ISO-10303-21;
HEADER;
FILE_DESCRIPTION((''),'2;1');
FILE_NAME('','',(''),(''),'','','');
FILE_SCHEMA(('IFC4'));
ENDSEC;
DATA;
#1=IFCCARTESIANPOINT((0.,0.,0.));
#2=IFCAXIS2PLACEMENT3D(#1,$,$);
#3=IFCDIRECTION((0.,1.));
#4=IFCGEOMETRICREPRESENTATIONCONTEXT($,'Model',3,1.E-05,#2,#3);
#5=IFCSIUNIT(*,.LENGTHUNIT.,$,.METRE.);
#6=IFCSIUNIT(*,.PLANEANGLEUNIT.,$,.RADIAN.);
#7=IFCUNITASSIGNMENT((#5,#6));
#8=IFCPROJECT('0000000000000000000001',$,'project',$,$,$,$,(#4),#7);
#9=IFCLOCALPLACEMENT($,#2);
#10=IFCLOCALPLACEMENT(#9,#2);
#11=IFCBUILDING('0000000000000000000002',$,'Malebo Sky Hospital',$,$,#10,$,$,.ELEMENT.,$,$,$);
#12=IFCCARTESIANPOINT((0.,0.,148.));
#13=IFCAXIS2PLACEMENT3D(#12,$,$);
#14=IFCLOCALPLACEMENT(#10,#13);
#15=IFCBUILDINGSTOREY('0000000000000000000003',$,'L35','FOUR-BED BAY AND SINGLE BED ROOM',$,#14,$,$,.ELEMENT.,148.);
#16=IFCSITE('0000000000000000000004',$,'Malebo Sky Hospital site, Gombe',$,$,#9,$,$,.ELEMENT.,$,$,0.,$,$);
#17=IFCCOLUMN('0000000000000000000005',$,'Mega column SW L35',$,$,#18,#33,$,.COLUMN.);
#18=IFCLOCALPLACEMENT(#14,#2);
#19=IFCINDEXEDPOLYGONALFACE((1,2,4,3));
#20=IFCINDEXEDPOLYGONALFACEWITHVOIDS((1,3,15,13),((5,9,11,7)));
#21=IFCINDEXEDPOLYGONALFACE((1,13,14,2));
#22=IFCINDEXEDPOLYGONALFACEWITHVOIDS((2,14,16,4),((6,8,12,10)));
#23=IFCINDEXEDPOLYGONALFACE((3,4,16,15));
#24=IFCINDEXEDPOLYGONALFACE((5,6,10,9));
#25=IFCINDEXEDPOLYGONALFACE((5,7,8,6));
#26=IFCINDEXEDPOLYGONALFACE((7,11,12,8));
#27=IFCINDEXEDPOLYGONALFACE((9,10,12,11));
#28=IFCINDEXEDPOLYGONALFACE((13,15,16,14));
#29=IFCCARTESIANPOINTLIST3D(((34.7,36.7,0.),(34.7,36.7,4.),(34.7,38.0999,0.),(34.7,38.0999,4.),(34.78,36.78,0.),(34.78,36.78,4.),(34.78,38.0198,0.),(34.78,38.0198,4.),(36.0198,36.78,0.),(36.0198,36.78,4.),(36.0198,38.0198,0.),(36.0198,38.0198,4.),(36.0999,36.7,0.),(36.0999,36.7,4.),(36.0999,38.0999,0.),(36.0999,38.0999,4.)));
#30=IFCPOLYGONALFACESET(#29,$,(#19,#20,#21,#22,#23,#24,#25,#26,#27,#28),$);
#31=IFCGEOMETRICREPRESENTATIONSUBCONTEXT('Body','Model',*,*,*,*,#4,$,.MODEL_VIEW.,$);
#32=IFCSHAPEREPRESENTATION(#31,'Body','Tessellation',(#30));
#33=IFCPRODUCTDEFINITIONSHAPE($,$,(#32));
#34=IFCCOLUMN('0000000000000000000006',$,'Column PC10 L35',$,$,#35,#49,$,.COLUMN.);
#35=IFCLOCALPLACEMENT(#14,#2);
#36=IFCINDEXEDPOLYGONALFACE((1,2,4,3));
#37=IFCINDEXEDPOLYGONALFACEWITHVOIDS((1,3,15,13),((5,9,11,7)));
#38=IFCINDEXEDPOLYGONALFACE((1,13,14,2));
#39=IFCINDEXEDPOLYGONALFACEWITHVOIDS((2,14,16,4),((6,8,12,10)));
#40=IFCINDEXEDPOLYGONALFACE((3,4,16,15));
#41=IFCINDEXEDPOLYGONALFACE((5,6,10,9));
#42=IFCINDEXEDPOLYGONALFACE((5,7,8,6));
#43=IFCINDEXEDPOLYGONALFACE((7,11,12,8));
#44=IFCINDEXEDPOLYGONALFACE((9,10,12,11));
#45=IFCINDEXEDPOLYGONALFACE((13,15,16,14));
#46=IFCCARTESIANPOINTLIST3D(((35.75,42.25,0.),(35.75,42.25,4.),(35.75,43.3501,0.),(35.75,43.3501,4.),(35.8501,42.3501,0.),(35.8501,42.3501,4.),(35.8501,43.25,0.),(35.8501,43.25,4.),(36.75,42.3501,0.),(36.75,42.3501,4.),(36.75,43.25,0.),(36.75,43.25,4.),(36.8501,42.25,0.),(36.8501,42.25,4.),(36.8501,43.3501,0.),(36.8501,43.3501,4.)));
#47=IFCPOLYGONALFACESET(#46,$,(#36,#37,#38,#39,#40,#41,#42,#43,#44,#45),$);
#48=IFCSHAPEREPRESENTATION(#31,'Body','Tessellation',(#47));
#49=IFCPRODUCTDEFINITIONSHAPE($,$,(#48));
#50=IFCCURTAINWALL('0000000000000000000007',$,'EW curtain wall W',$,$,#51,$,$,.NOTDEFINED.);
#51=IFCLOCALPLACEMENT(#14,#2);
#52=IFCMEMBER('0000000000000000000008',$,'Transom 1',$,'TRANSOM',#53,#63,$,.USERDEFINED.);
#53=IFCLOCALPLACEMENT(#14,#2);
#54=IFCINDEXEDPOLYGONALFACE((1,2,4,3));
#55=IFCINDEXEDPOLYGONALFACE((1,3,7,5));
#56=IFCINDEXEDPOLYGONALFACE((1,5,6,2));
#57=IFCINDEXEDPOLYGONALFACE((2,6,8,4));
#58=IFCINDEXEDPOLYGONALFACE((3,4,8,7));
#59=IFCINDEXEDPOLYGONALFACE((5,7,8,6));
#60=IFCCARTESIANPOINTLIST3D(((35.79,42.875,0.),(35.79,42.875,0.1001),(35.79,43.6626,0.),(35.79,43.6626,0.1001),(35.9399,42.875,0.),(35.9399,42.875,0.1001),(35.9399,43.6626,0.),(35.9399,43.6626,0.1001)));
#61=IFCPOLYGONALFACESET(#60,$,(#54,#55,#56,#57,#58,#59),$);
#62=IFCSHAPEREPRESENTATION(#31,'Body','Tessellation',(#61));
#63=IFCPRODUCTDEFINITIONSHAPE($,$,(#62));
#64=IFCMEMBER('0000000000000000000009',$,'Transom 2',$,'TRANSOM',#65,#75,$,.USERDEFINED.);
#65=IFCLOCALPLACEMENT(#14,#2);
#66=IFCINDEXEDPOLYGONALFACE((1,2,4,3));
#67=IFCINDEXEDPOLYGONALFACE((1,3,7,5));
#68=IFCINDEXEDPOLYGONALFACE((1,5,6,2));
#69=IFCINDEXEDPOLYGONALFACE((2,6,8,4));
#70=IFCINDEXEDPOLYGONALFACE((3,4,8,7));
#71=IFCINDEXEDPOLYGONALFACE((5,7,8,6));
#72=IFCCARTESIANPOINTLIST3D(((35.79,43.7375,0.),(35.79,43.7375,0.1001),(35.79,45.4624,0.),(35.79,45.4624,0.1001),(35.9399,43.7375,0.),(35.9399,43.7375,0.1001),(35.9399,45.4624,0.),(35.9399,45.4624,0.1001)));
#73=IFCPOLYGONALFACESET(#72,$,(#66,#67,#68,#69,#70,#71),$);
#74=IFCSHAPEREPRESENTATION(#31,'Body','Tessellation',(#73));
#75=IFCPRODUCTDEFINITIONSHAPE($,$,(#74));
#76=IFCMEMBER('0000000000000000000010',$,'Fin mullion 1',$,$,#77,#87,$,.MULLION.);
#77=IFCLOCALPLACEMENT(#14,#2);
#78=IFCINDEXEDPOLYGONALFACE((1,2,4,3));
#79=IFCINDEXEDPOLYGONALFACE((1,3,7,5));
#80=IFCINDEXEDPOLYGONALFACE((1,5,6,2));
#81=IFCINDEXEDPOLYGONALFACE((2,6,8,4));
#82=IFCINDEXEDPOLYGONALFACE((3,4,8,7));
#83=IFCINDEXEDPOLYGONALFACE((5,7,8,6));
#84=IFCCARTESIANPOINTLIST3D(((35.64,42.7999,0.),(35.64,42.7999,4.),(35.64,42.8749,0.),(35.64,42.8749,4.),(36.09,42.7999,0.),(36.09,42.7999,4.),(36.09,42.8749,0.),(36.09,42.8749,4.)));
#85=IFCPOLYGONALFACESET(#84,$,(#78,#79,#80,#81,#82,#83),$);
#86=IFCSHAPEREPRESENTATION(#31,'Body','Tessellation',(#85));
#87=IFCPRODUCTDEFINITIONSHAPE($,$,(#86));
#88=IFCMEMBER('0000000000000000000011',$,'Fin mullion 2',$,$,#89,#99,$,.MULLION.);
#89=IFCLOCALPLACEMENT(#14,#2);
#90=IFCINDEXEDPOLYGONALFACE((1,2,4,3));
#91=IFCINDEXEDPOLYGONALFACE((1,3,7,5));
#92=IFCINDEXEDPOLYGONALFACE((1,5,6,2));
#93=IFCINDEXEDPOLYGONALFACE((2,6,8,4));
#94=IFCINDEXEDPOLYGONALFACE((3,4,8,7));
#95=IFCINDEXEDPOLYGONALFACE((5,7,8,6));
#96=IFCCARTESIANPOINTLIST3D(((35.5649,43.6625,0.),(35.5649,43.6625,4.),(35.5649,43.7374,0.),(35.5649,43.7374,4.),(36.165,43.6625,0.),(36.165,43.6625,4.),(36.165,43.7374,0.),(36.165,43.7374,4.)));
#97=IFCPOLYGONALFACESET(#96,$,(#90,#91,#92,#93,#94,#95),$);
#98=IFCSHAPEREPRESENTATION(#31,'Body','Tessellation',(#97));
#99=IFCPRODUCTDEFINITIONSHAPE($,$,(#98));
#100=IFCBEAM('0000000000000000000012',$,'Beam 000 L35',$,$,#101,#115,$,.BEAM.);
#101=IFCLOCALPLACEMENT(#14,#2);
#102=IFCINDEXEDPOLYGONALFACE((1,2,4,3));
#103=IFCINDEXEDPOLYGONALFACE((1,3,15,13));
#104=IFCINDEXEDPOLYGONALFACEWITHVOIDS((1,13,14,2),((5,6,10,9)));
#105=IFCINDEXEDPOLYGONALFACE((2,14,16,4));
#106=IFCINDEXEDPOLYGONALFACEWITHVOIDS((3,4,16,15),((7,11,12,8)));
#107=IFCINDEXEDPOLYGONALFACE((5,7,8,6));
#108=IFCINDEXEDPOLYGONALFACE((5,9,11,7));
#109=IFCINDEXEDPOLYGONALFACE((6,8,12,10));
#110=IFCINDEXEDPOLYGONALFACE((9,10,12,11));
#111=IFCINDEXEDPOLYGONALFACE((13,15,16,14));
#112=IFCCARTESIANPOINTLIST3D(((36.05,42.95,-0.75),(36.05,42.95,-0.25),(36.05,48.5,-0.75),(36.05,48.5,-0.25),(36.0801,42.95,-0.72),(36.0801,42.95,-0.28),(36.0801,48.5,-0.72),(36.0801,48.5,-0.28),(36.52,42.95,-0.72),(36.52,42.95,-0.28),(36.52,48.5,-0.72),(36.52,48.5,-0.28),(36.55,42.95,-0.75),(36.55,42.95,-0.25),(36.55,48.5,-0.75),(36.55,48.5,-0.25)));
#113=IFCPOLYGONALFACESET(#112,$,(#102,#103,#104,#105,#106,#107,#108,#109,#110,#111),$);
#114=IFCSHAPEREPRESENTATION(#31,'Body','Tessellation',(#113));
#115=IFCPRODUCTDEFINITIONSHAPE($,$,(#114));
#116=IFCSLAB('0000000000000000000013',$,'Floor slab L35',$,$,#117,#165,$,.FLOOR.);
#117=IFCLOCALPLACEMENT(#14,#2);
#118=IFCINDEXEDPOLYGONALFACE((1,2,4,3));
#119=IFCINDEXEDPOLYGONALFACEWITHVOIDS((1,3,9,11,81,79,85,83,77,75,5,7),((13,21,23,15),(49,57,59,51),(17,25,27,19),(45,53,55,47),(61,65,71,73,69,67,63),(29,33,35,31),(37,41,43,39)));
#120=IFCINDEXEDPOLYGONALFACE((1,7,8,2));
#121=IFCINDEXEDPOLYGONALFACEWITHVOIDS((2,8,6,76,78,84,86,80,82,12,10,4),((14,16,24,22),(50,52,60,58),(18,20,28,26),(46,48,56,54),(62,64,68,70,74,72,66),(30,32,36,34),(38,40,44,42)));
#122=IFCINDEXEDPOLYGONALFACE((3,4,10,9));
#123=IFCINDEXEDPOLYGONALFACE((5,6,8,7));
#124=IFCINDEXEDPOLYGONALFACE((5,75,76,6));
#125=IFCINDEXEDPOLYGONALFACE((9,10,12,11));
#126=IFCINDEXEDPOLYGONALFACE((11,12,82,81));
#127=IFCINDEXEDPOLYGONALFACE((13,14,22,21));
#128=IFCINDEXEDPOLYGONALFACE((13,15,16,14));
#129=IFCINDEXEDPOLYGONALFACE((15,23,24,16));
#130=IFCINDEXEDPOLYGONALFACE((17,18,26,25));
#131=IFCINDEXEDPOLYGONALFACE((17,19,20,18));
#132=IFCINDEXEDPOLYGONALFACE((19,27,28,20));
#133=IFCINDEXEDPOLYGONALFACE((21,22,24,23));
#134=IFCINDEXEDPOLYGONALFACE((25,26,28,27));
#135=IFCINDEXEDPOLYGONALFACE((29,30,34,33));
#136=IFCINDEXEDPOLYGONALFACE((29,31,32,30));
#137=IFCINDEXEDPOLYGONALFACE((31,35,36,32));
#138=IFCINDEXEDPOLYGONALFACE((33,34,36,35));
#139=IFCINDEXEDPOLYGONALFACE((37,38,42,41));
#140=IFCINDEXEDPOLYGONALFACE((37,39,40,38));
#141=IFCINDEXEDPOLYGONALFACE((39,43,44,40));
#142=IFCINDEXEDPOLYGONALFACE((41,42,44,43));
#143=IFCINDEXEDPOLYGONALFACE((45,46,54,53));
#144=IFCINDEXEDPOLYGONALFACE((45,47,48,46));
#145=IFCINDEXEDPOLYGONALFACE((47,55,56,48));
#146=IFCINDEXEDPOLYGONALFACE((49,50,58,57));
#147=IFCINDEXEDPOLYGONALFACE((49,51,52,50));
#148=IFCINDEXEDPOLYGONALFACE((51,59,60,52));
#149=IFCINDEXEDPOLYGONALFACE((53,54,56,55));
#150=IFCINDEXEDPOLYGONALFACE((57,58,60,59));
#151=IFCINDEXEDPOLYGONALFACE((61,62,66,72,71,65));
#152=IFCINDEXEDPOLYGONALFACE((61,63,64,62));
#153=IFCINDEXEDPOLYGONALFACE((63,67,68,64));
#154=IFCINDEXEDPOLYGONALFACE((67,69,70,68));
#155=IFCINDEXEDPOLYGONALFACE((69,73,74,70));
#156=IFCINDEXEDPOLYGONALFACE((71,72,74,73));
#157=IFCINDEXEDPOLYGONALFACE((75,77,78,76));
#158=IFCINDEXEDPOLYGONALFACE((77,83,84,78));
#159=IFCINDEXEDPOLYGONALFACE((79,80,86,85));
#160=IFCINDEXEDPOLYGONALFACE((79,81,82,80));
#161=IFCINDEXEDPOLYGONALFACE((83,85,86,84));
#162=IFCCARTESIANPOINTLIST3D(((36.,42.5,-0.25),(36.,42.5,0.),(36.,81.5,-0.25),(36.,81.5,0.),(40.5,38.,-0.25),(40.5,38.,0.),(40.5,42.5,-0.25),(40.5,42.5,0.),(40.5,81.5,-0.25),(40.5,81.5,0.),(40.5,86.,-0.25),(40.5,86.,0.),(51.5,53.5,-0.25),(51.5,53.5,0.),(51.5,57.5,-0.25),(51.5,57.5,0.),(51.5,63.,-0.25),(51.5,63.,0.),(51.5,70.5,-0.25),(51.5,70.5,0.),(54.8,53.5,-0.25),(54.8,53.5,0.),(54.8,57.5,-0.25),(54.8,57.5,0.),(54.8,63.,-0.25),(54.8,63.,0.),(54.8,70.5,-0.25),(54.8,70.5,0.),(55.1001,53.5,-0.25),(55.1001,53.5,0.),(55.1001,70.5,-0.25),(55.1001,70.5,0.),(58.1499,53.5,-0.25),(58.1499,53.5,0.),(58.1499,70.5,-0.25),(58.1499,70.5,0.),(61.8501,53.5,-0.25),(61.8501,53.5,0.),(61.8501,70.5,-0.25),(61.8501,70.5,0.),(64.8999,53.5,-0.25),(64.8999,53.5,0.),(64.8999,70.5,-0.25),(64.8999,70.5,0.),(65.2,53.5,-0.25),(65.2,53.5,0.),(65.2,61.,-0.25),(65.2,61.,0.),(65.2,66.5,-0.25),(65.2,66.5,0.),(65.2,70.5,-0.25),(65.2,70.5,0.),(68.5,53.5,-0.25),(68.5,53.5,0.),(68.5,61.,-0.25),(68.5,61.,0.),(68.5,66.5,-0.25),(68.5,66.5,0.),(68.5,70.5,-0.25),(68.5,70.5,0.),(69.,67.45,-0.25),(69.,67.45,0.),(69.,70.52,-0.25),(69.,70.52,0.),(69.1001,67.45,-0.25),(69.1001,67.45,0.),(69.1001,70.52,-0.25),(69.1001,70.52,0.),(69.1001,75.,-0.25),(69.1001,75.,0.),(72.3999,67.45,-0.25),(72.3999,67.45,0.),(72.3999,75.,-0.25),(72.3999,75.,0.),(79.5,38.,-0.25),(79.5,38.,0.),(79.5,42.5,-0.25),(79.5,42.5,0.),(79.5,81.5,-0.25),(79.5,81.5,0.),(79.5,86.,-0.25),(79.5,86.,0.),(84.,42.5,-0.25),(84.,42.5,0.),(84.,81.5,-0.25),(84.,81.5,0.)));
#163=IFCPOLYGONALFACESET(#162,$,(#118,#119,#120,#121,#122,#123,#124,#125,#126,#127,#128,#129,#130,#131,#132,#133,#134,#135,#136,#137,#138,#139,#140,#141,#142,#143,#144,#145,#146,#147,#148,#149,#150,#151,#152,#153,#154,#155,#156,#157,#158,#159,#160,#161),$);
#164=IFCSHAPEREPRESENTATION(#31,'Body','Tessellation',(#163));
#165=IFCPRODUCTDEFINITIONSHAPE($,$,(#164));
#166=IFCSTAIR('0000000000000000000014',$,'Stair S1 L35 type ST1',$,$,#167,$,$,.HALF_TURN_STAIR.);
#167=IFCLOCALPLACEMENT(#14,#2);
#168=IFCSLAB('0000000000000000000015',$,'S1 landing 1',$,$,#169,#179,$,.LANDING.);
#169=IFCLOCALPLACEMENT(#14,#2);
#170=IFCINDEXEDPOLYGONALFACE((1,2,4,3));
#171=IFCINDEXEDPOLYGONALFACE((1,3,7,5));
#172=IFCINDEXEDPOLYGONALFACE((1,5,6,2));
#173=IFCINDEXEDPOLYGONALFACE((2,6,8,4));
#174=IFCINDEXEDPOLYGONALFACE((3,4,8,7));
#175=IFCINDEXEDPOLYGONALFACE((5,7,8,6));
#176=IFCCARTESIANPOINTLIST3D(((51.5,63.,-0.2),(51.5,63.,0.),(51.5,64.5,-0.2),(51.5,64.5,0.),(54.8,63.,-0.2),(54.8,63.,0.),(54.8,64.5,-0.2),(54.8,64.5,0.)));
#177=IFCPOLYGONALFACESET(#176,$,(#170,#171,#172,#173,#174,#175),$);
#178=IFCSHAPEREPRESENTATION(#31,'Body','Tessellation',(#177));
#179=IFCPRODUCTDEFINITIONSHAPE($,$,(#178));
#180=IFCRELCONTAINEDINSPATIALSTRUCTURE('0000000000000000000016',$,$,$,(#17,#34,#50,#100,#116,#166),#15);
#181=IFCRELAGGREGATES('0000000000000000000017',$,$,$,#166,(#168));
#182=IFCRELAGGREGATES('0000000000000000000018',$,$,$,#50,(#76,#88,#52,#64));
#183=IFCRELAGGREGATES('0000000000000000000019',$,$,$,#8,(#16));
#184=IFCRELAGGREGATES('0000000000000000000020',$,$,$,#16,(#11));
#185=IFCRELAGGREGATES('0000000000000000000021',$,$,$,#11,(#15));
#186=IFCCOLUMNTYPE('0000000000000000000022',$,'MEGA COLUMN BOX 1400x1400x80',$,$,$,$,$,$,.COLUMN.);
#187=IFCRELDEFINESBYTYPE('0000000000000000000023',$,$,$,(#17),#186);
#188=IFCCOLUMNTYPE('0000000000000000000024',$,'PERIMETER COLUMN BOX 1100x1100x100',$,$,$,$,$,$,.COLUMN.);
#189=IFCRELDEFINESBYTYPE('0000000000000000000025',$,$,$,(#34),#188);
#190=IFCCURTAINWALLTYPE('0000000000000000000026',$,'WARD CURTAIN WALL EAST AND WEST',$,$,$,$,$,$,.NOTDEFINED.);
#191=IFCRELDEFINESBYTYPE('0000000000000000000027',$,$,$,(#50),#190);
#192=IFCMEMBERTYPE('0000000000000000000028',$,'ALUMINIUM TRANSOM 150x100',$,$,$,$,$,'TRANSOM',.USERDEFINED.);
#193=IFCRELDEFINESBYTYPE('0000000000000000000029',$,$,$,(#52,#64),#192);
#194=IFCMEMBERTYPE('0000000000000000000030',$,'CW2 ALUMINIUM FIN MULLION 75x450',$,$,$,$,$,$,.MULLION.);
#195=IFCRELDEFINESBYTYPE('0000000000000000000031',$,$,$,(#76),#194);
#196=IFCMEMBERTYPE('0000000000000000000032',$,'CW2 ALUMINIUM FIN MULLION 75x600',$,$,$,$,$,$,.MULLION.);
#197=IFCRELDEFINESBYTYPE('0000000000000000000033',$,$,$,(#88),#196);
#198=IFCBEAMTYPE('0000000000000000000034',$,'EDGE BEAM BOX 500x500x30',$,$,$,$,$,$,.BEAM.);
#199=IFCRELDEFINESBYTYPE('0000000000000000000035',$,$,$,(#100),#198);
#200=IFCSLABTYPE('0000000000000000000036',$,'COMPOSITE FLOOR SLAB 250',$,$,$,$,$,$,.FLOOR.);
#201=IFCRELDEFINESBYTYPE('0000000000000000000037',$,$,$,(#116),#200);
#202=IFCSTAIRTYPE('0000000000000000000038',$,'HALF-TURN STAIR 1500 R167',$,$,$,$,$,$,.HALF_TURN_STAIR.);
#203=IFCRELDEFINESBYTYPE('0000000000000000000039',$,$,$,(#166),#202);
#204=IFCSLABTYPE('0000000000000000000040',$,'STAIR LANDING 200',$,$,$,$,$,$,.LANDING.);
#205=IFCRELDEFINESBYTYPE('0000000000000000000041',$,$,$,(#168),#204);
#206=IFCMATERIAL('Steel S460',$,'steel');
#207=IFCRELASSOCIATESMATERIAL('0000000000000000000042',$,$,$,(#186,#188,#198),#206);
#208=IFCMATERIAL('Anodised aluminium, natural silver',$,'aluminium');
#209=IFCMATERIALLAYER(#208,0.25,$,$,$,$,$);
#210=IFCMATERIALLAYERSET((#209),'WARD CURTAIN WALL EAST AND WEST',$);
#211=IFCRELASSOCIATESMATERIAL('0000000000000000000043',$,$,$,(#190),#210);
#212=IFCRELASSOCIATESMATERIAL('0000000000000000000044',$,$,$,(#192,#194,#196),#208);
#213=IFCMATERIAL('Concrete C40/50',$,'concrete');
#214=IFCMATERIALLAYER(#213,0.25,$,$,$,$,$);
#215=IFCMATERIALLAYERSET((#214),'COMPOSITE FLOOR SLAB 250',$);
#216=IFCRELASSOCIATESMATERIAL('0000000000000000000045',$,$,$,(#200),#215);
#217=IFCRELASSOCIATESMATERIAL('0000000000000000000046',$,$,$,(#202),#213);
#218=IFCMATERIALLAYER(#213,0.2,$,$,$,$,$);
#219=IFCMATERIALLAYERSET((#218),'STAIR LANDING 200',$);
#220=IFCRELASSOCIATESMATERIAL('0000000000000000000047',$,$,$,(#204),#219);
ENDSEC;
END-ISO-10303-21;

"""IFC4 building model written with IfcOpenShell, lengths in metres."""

from ifc_helpers import new_model, si_unit, direction, frame, origin, origin_2d, place, context, subcontext, project, spatial, polyline, rectangle, hollow_rectangle, outline, extrude, material, layer, layer_set, material_profile, profile_set, type_object, element, aggregate, save


model = new_model("IFC4")

# Units and contexts
model_context = context("Model", 3, precision=1e-05, world=origin(), true_north=direction((0.0, 1.0)))
body_context = subcontext(model_context, "Body", "Model", "MODEL_VIEW")
ifc_project = project(units=[si_unit("LENGTHUNIT", "METRE"), si_unit("PLANEANGLEUNIT", "RADIAN")], contexts=[model_context])

# Site, building, storey
site_placement = place(None, origin())
site = spatial("IfcSite", under=ifc_project, at=site_placement, Name="Malebo Sky Hospital site, Gombe", CompositionType="ELEMENT", RefElevation=0.0)
building_placement = place(site_placement, origin())
building = spatial("IfcBuilding", under=site, at=building_placement, Name="Malebo Sky Hospital", CompositionType="ELEMENT")
storey_placement = place(building_placement, frame((0.0, 0.0, 148.0)))
storey = spatial("IfcBuildingStorey", under=building, at=storey_placement, Name="L35", Description="FOUR-BED BAY AND SINGLE BED ROOM", CompositionType="ELEMENT", Elevation=148.0)

# Columns
ifc_material_1 = material(Name="Steel S460", Category="steel")
ifc_material_profile_1 = material_profile(ifc_material_1, hollow_rectangle(XDim=1.3999, YDim=1.3999, WallThickness=0.0801, at=origin_2d()), Name="BOX 1400x1400x80")
ifc_profile_set_1 = profile_set([ifc_material_profile_1], Name="Steel S460")
column_type_1 = type_object("IfcColumnType", Name="MEGA COLUMN BOX 1400x1400x80", PredefinedType="COLUMN", material=ifc_profile_set_1)
column_1_placement = place(storey_placement, frame((35.3999, 37.3999, 0.0), z_axis=(0.0, 0.0, 1.0), x_axis=(1.0, 0.0, 0.0)))
element("IfcColumn", 1, at=column_1_placement, inside=storey, type_object=column_type_1, Name="Mega column SW L35", PredefinedType="COLUMN", context=body_context, shape_type="SweptSolid", body=[
    extrude(hollow_rectangle(XDim=1.3999, YDim=1.3999, WallThickness=0.0801, at=origin_2d()), origin(), (0.0, 0.0, 1.0), 4.0),
])
ifc_material_profile_2 = material_profile(ifc_material_1, hollow_rectangle(XDim=1.1001, YDim=1.1001, WallThickness=0.1001, at=origin_2d()), Name="BOX 1100x1100x100")
ifc_profile_set_2 = profile_set([ifc_material_profile_2], Name="Steel S460")
column_type_2 = type_object("IfcColumnType", Name="PERIMETER COLUMN BOX 1100x1100x100", PredefinedType="COLUMN", material=ifc_profile_set_2)
column_2_placement = place(storey_placement, frame((36.3, 42.8, 0.0), z_axis=(0.0, 0.0, 1.0), x_axis=(1.0, 0.0, 0.0)))
element("IfcColumn", 2, at=column_2_placement, inside=storey, type_object=column_type_2, Name="Column PC10 L35", PredefinedType="COLUMN", context=body_context, shape_type="SweptSolid", body=[
    extrude(hollow_rectangle(XDim=1.1001, YDim=1.1001, WallThickness=0.1001, at=origin_2d()), origin(), (0.0, 0.0, 1.0), 4.0),
])

# Curtain wall, members
ifc_material_2 = material(Name="Anodised aluminium, natural silver", Category="aluminium")
ifc_layer_1 = layer(ifc_material_2, 0.25)
ifc_layer_set_1 = layer_set([ifc_layer_1], Name="WARD CURTAIN WALL EAST AND WEST")
curtain_wall_type = type_object("IfcCurtainWallType", Name="WARD CURTAIN WALL EAST AND WEST", PredefinedType="NOTDEFINED", material=ifc_layer_set_1)
curtain_wall_placement = place(storey_placement, origin())
curtain_wall = element("IfcCurtainWall", 3, at=curtain_wall_placement, inside=storey, type_object=curtain_wall_type, Name="EW curtain wall W", PredefinedType="NOTDEFINED")
ifc_material_profile_3 = material_profile(ifc_material_2, rectangle(XDim=0.1499, YDim=0.1001, at=origin_2d()), Name="ALUMINIUM TRANSOM 150x100")
ifc_profile_set_3 = profile_set([ifc_material_profile_3], Name="Anodised aluminium, natural silver")
member_type_1 = type_object("IfcMemberType", Name="ALUMINIUM TRANSOM 150x100", ElementType="TRANSOM", PredefinedType="USERDEFINED", material=ifc_profile_set_3)
member_1_placement = place(storey_placement, frame((35.865, 42.875, 0.05), z_axis=(0.0, 1.0, 0.0), x_axis=(-1.0, 0.0, 0.0)))
member_1 = element("IfcMember", 4, at=member_1_placement, type_object=member_type_1, Name="Transom 1", ObjectType="TRANSOM", PredefinedType="USERDEFINED", context=body_context, shape_type="SweptSolid", body=[
    extrude(rectangle(XDim=0.1499, YDim=0.1001, at=origin_2d()), origin(), (0.0, 0.0, 1.0), 0.7876),
])
member_2_placement = place(storey_placement, frame((35.865, 43.7375, 0.05), z_axis=(0.0, 1.0, 0.0), x_axis=(-1.0, 0.0, 0.0)))
member_2 = element("IfcMember", 5, at=member_2_placement, type_object=member_type_1, Name="Transom 2", ObjectType="TRANSOM", PredefinedType="USERDEFINED", context=body_context, shape_type="SweptSolid", body=[
    extrude(rectangle(XDim=0.1499, YDim=0.1001, at=origin_2d()), origin(), (0.0, 0.0, 1.0), 1.7249),
])
ifc_material_profile_4 = material_profile(ifc_material_2, rectangle(XDim=0.075, YDim=0.45, at=origin_2d()), Name="CW2 ALUMINIUM FIN MULLION 75x450")
ifc_profile_set_4 = profile_set([ifc_material_profile_4], Name="Anodised aluminium, natural silver")
member_type_2 = type_object("IfcMemberType", Name="CW2 ALUMINIUM FIN MULLION 75x450", PredefinedType="MULLION", material=ifc_profile_set_4)
member_3_placement = place(storey_placement, frame((35.865, 42.8374, 0.0), z_axis=(0.0, 0.0, 1.0), x_axis=(0.0, 1.0, 0.0)))
member_3 = element("IfcMember", 6, at=member_3_placement, type_object=member_type_2, Name="Fin mullion 1", PredefinedType="MULLION", context=body_context, shape_type="SweptSolid", body=[
    extrude(rectangle(XDim=0.075, YDim=0.45, at=origin_2d()), origin(), (0.0, 0.0, 1.0), 4.0),
])
ifc_material_profile_5 = material_profile(ifc_material_2, rectangle(XDim=0.075, YDim=0.6001, at=origin_2d()), Name="CW2 ALUMINIUM FIN MULLION 75x600")
ifc_profile_set_5 = profile_set([ifc_material_profile_5], Name="Anodised aluminium, natural silver")
member_type_3 = type_object("IfcMemberType", Name="CW2 ALUMINIUM FIN MULLION 75x600", PredefinedType="MULLION", material=ifc_profile_set_5)
member_4_placement = place(storey_placement, frame((35.865, 43.7, 0.0), z_axis=(0.0, 0.0, 1.0), x_axis=(0.0, 1.0, 0.0)))
member_4 = element("IfcMember", 7, at=member_4_placement, type_object=member_type_3, Name="Fin mullion 2", PredefinedType="MULLION", context=body_context, shape_type="SweptSolid", body=[
    extrude(rectangle(XDim=0.075, YDim=0.6001, at=origin_2d()), origin(), (0.0, 0.0, 1.0), 4.0),
])

# Beam
ifc_material_profile_6 = material_profile(ifc_material_1, hollow_rectangle(XDim=0.5, YDim=0.5, WallThickness=0.03, at=origin_2d()), Name="BOX 500x500x30")
ifc_profile_set_6 = profile_set([ifc_material_profile_6], Name="Steel S460")
beam_type = type_object("IfcBeamType", Name="EDGE BEAM BOX 500x500x30", PredefinedType="BEAM", material=ifc_profile_set_6)
beam_placement = place(storey_placement, frame((36.3, 42.95, -0.5), z_axis=(0.0, 1.0, 0.0), x_axis=(-1.0, 0.0, 0.0)))
element("IfcBeam", 8, at=beam_placement, inside=storey, type_object=beam_type, Name="Beam 000 L35", PredefinedType="BEAM", context=body_context, shape_type="SweptSolid", body=[
    extrude(hollow_rectangle(XDim=0.5, YDim=0.5, WallThickness=0.03, at=origin_2d()), origin(), (0.0, 0.0, 1.0), 5.55),
])

# Slab
ifc_material_3 = material(Name="Concrete C40/50", Category="concrete")
ifc_layer_2 = layer(ifc_material_3, 0.25)
ifc_layer_set_2 = layer_set([ifc_layer_2], Name="COMPOSITE FLOOR SLAB 250")
slab_type_1 = type_object("IfcSlabType", Name="COMPOSITE FLOOR SLAB 250", PredefinedType="FLOOR", material=ifc_layer_set_2)
slab_1_placement = place(storey_placement, frame((0.0, 0.0, -0.25)))
element("IfcSlab", 9, at=slab_1_placement, inside=storey, type_object=slab_type_1, Name="Floor slab L35", PredefinedType="FLOOR", context=body_context, shape_type="SweptSolid", body=[
    extrude(outline(polyline([(40.5, 86.0), (40.5, 81.5), (36.0, 81.5), (36.0, 42.5), (40.5, 42.5), (40.5, 38.0), (79.5, 38.0), (79.5, 42.5), (84.0, 42.5), (84.0, 81.5), (79.5, 81.5), (79.5, 86.0), (40.5, 86.0)]), holes=[polyline([(55.1001, 70.5), (58.1499, 70.5), (58.1499, 53.5), (55.1001, 53.5), (55.1001, 70.5)]), polyline([(64.8999, 70.5), (64.8999, 53.5), (61.8501, 53.5), (61.8501, 70.5), (64.8999, 70.5)]), polyline([(54.8, 63.0), (51.5, 63.0), (51.5, 70.5), (54.8, 70.5), (54.8, 63.0)]), polyline([(51.5, 53.5), (51.5, 57.5), (54.8, 57.5), (54.8, 53.5), (51.5, 53.5)]), polyline([(65.2, 61.0), (68.5, 61.0), (68.5, 53.5), (65.2, 53.5), (65.2, 61.0)]), polyline([(68.5, 70.5), (68.5, 66.5), (65.2, 66.5), (65.2, 70.5), (68.5, 70.5)]), polyline([(69.0, 67.45), (69.0, 70.52), (69.1001, 70.52), (69.1001, 75.0), (72.3999, 75.0), (72.3999, 67.45), (69.1001, 67.45), (69.0, 67.45)])]), origin(), (0.0, 0.0, 1.0), 0.25),
])

# Stair, slab
stair_type_1 = type_object("IfcStairType", Name="HALF-TURN STAIR 1500 R167", PredefinedType="HALF_TURN_STAIR", material=ifc_material_3)
stair_1_placement = place(storey_placement, origin())
stair_1 = element("IfcStair", 10, at=stair_1_placement, inside=storey, type_object=stair_type_1, Name="Stair S1 L35 type ST1", PredefinedType="HALF_TURN_STAIR")
ifc_layer_3 = layer(ifc_material_3, 0.2)
ifc_layer_set_3 = layer_set([ifc_layer_3], Name="STAIR LANDING 200")
slab_type_2 = type_object("IfcSlabType", Name="STAIR LANDING 200", PredefinedType="LANDING", material=ifc_layer_set_3)
slab_2_placement = place(storey_placement, frame((0.0, 0.0, -0.2)))
slab_2 = element("IfcSlab", 11, at=slab_2_placement, type_object=slab_type_2, Name="S1 landing 1", PredefinedType="LANDING", context=body_context, shape_type="SweptSolid", body=[
    extrude(outline(polyline([(51.5, 63.0), (54.8, 63.0), (54.8, 64.5), (51.5, 64.5), (51.5, 63.0)])), origin(), (0.0, 0.0, 1.0), 0.2),
])
aggregate(stair_1, [slab_2])

aggregate(curtain_wall, [member_3, member_4, member_1, member_2])

save(model, "model.ifc")
